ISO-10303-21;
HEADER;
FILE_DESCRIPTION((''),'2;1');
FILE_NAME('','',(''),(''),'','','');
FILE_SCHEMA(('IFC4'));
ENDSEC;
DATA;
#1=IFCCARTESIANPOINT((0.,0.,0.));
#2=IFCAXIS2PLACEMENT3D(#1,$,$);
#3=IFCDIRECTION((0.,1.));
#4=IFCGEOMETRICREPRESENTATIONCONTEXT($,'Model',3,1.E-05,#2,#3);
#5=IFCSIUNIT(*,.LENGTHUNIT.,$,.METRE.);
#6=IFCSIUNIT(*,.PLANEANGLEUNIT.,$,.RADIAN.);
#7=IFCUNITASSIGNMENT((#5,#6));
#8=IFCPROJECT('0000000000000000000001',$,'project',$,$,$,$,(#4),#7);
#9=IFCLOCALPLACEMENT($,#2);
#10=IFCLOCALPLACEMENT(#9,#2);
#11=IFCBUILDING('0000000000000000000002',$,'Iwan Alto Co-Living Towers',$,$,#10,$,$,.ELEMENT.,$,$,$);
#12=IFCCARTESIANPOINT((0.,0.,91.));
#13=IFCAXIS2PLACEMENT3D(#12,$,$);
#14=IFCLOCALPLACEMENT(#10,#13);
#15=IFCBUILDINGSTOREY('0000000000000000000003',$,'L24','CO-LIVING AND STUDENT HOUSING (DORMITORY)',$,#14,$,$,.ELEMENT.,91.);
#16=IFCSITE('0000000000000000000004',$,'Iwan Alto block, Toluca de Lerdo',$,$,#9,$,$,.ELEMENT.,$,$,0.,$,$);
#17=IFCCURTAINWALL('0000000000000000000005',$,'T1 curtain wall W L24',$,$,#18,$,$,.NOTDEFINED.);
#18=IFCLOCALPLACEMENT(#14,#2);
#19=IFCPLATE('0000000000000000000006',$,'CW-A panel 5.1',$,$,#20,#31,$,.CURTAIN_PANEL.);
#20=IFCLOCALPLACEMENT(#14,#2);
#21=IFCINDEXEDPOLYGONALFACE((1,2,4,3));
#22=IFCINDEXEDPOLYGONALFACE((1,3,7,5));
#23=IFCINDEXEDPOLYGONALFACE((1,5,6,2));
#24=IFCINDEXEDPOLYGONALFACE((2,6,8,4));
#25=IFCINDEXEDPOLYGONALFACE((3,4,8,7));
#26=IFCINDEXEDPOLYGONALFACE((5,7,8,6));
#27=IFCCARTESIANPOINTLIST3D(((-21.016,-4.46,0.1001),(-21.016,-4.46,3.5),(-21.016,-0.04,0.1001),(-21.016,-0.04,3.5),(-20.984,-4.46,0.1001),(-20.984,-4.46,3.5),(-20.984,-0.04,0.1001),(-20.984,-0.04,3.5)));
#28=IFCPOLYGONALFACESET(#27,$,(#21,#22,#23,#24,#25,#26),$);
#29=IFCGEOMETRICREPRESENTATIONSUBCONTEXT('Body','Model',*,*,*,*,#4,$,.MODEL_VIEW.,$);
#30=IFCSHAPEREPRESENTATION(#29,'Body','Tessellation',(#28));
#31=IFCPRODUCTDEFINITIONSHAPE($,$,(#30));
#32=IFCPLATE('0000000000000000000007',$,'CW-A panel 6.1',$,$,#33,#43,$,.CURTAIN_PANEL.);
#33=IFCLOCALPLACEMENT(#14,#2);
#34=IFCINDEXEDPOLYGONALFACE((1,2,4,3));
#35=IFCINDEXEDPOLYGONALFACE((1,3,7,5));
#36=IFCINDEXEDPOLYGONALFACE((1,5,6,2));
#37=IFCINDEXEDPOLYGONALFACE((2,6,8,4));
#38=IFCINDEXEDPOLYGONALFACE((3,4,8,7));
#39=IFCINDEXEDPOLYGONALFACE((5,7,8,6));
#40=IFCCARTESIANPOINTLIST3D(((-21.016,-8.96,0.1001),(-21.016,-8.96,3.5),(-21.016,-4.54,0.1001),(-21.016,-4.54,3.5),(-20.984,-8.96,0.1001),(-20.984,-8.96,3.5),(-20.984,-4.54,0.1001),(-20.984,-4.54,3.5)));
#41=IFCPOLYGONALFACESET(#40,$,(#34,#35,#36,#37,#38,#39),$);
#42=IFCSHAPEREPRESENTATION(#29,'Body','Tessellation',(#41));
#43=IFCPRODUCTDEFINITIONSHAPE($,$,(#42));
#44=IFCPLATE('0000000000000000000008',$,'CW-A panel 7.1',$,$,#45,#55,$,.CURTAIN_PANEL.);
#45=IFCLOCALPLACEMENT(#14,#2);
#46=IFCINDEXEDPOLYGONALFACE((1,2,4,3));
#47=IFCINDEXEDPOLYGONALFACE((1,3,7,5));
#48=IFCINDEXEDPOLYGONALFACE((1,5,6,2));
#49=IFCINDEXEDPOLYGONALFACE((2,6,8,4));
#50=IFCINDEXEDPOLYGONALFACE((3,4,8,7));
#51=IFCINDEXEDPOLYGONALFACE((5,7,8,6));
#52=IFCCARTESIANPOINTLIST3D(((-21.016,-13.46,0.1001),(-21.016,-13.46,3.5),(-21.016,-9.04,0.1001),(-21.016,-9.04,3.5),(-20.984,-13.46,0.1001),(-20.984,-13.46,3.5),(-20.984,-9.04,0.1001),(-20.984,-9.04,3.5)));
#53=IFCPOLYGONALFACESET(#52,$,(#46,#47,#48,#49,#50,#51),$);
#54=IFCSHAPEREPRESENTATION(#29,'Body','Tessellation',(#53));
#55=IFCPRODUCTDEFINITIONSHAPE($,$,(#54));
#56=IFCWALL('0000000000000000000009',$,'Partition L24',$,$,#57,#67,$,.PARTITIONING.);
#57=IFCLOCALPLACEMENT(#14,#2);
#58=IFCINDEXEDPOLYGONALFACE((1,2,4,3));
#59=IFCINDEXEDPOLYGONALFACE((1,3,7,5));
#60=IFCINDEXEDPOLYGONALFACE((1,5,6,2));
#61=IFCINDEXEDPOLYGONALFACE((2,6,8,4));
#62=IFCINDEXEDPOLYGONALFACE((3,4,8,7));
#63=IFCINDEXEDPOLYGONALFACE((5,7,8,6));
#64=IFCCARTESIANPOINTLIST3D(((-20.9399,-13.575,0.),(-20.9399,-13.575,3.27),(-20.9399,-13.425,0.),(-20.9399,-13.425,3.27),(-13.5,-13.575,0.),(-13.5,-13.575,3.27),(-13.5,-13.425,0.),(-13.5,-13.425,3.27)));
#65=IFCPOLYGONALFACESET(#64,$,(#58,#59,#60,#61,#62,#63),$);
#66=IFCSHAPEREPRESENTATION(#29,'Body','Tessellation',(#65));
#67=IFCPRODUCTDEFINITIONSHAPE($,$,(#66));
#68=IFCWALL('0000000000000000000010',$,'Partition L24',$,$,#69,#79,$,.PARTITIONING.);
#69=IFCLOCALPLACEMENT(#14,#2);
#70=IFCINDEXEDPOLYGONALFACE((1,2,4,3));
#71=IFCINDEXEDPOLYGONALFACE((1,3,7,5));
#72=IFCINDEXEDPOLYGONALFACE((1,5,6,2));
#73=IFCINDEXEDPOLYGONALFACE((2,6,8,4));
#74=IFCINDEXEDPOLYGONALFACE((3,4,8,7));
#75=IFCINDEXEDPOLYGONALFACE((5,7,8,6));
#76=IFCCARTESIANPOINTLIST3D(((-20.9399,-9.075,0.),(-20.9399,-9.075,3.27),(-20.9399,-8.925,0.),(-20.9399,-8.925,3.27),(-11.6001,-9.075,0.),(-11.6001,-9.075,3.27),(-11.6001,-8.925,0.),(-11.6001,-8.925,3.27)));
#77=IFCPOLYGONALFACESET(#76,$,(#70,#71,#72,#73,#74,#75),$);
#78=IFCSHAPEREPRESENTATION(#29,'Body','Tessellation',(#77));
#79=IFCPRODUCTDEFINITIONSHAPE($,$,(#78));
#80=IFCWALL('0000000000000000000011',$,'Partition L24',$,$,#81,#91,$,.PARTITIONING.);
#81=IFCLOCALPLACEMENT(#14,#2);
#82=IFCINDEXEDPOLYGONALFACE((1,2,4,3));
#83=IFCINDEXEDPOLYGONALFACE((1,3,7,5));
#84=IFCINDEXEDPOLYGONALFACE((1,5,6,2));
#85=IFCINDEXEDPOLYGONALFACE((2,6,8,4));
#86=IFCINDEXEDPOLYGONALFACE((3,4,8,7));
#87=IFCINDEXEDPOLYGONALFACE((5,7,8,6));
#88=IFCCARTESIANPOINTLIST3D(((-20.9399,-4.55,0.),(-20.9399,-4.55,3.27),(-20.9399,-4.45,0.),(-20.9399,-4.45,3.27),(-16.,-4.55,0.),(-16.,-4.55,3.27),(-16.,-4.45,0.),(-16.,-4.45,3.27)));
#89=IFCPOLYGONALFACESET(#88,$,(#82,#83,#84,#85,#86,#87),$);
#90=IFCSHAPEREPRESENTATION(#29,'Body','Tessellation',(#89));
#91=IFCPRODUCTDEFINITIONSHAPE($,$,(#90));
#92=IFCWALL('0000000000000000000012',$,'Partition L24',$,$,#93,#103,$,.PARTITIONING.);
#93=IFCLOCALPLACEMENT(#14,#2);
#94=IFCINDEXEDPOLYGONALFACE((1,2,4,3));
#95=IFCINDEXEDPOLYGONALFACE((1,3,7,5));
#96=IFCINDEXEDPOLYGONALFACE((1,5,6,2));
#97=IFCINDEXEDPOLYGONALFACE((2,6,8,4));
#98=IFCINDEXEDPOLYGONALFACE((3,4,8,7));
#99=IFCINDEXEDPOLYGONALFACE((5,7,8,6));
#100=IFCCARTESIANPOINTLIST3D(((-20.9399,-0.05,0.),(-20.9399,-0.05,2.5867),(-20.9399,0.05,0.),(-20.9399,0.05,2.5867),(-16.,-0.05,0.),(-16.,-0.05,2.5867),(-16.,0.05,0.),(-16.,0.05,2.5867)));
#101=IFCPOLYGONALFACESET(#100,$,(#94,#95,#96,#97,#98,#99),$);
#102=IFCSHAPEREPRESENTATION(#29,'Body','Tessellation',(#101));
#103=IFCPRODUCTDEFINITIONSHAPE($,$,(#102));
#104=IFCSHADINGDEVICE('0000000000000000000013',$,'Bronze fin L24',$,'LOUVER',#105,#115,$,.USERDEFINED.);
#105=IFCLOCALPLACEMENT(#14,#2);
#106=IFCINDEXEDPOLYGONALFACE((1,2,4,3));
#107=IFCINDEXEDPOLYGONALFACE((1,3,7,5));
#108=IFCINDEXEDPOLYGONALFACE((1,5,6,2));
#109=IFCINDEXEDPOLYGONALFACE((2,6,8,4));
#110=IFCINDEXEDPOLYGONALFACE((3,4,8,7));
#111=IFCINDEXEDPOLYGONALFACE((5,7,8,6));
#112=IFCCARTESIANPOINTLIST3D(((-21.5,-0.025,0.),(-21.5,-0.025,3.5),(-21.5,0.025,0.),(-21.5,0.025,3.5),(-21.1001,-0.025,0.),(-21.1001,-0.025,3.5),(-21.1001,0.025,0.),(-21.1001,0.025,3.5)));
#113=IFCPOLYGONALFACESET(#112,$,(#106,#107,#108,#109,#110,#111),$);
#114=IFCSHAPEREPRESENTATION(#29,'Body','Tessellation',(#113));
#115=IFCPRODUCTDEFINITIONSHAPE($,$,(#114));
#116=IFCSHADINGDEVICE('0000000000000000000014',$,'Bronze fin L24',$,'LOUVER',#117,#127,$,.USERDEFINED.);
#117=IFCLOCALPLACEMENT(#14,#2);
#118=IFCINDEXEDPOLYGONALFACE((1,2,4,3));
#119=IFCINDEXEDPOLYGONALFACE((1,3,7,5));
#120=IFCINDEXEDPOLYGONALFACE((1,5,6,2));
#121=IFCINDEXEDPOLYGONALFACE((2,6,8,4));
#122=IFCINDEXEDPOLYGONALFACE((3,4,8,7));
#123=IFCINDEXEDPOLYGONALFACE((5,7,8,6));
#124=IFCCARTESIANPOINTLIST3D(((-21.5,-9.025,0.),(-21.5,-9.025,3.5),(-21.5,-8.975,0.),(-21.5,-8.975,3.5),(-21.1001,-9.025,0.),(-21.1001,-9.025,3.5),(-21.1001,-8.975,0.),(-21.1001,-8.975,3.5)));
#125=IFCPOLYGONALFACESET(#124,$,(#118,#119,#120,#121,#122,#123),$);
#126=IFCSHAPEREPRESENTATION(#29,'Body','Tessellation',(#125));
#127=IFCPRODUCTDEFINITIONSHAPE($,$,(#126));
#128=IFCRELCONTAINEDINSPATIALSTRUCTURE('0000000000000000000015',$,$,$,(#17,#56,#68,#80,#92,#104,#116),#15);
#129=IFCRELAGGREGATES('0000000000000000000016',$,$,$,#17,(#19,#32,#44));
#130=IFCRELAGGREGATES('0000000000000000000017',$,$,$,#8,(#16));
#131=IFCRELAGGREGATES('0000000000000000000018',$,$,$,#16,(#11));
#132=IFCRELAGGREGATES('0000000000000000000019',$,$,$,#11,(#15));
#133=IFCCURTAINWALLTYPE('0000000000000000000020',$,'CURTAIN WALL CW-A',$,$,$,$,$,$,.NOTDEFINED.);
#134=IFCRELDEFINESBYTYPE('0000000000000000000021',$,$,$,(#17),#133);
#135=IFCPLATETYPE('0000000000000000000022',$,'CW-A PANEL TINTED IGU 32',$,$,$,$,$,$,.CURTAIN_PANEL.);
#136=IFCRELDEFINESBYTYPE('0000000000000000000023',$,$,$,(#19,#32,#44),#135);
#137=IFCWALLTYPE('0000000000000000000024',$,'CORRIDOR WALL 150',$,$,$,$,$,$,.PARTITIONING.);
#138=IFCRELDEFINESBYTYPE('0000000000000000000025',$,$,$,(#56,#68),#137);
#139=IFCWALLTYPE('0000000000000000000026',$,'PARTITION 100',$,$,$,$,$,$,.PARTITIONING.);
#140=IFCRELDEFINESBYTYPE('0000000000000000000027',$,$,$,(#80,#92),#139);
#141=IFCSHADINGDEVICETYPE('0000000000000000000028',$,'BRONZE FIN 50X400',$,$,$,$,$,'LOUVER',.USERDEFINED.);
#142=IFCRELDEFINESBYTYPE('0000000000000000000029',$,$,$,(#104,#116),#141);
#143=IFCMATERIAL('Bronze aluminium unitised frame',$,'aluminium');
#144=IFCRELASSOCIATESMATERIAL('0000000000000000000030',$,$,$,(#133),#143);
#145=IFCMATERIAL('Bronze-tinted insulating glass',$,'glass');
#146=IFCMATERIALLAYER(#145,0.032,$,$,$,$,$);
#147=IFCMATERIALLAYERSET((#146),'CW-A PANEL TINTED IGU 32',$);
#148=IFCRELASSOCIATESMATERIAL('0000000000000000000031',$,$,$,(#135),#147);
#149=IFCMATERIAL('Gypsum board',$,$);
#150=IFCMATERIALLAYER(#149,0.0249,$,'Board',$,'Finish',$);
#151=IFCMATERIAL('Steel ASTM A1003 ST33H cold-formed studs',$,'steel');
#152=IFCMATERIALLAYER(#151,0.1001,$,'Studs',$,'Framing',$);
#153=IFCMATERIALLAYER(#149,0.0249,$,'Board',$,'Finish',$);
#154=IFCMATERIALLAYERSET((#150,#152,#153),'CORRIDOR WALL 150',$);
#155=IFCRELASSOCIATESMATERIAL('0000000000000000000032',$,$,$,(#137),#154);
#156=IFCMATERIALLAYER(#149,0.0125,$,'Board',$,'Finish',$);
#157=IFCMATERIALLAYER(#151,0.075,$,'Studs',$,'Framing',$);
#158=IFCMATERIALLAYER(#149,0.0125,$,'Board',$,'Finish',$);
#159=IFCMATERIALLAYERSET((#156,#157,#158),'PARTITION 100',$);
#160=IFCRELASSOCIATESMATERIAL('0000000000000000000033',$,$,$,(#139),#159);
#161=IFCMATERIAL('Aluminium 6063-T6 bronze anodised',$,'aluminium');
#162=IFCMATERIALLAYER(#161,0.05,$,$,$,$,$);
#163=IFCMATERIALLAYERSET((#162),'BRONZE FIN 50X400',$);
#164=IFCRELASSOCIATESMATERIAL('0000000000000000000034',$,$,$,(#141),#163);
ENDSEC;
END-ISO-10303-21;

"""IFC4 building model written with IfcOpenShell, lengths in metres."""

from ifc_helpers import new_model, si_unit, direction, frame, frame_2d, origin, origin_2d, place, context, subcontext, project, spatial, rectangle, extrude, material, layer, layer_set, type_object, element, aggregate, save


model = new_model("IFC4")

# Units and contexts
model_context = context("Model", 3, precision=1e-05, world=origin(), true_north=direction((0.0, 1.0)))
body_context = subcontext(model_context, "Body", "Model", "MODEL_VIEW")
ifc_project = project(units=[si_unit("LENGTHUNIT", "METRE"), si_unit("PLANEANGLEUNIT", "RADIAN")], contexts=[model_context])

# Site, building, storey
site_placement = place(None, origin())
site = spatial("IfcSite", under=ifc_project, at=site_placement, Name="Iwan Alto block, Toluca de Lerdo", CompositionType="ELEMENT", RefElevation=0.0)
building_placement = place(site_placement, origin())
building = spatial("IfcBuilding", under=site, at=building_placement, Name="Iwan Alto Co-Living Towers", CompositionType="ELEMENT")
storey_placement = place(building_placement, frame((0.0, 0.0, 91.0)))
storey = spatial("IfcBuildingStorey", under=building, at=storey_placement, Name="L24", Description="CO-LIVING AND STUDENT HOUSING (DORMITORY)", CompositionType="ELEMENT", Elevation=91.0)

# Curtain wall
ifc_material_1 = material(Name="Bronze aluminium unitised frame", Category="aluminium")
curtain_wall_type = type_object("IfcCurtainWallType", Name="CURTAIN WALL CW-A", PredefinedType="NOTDEFINED", material=ifc_material_1)
curtain_wall_placement = place(storey_placement, origin())
curtain_wall = element("IfcCurtainWall", 1, at=curtain_wall_placement, inside=storey, type_object=curtain_wall_type, Name="T1 curtain wall W L24", PredefinedType="NOTDEFINED")

# Plates
ifc_material_2 = material(Name="Bronze-tinted insulating glass", Category="glass")
ifc_layer_1 = layer(ifc_material_2, 0.032)
ifc_layer_set_1 = layer_set([ifc_layer_1], Name="CW-A PANEL TINTED IGU 32")
plate_type = type_object("IfcPlateType", Name="CW-A PANEL TINTED IGU 32", PredefinedType="CURTAIN_PANEL", material=ifc_layer_set_1)
plate_1_placement = place(storey_placement, frame((-21.0, -2.25, 0.1001), z_axis=(0.0, 0.0, 1.0), x_axis=(0.0, -1.0, 0.0)))
plate_1 = element("IfcPlate", 2, at=plate_1_placement, type_object=plate_type, Name="CW-A panel 5.1", PredefinedType="CURTAIN_PANEL", context=body_context, shape_type="SweptSolid", body=[
    extrude(rectangle(XDim=4.4199, YDim=0.032, at=origin_2d()), origin(), (0.0, 0.0, 1.0), 3.3999),
])
plate_2_placement = place(storey_placement, frame((-21.0, -6.75, 0.1001), z_axis=(0.0, 0.0, 1.0), x_axis=(0.0, -1.0, 0.0)))
plate_2 = element("IfcPlate", 3, at=plate_2_placement, type_object=plate_type, Name="CW-A panel 6.1", PredefinedType="CURTAIN_PANEL", context=body_context, shape_type="SweptSolid", body=[
    extrude(rectangle(XDim=4.4199, YDim=0.032, at=origin_2d()), origin(), (0.0, 0.0, 1.0), 3.3999),
])
plate_3_placement = place(storey_placement, frame((-21.0, -11.25, 0.1001), z_axis=(0.0, 0.0, 1.0), x_axis=(0.0, -1.0, 0.0)))
plate_3 = element("IfcPlate", 4, at=plate_3_placement, type_object=plate_type, Name="CW-A panel 7.1", PredefinedType="CURTAIN_PANEL", context=body_context, shape_type="SweptSolid", body=[
    extrude(rectangle(XDim=4.4199, YDim=0.032, at=origin_2d()), origin(), (0.0, 0.0, 1.0), 3.3999),
])
aggregate(curtain_wall, [plate_1, plate_2, plate_3])

# Walls
ifc_material_3 = material(Name="Gypsum board")
ifc_layer_2 = layer(ifc_material_3, 0.0249, Name="Board", Category="Finish")
ifc_material_4 = material(Name="Steel ASTM A1003 ST33H cold-formed studs", Category="steel")
ifc_layer_3 = layer(ifc_material_4, 0.1001, Name="Studs", Category="Framing")
ifc_layer_4 = layer(ifc_material_3, 0.0249, Name="Board", Category="Finish")
ifc_layer_set_2 = layer_set([ifc_layer_2, ifc_layer_3, ifc_layer_4], Name="CORRIDOR WALL 150")
wall_type_1 = type_object("IfcWallType", Name="CORRIDOR WALL 150", PredefinedType="PARTITIONING", material=ifc_layer_set_2)
wall_1_placement = place(storey_placement, frame((-20.9399, -13.5, 0.0), z_axis=(0.0, 0.0, 1.0), x_axis=(1.0, 0.0, 0.0)))
element("IfcWall", 5, at=wall_1_placement, inside=storey, type_object=wall_type_1, Name="Partition L24", PredefinedType="PARTITIONING", context=body_context, shape_type="SweptSolid", body=[
    extrude(rectangle(XDim=7.4399, YDim=0.1499, at=frame_2d((3.72, 0.0))), origin(), (0.0, 0.0, 1.0), 3.27),
])
wall_2_placement = place(storey_placement, frame((-20.9399, -9.0, 0.0), z_axis=(0.0, 0.0, 1.0), x_axis=(1.0, 0.0, 0.0)))
element("IfcWall", 6, at=wall_2_placement, inside=storey, type_object=wall_type_1, Name="Partition L24", PredefinedType="PARTITIONING", context=body_context, shape_type="SweptSolid", body=[
    extrude(rectangle(XDim=9.3398, YDim=0.1499, at=frame_2d((4.6699, 0.0))), origin(), (0.0, 0.0, 1.0), 3.27),
])
ifc_layer_5 = layer(ifc_material_3, 0.0125, Name="Board", Category="Finish")
ifc_layer_6 = layer(ifc_material_4, 0.075, Name="Studs", Category="Framing")
ifc_layer_7 = layer(ifc_material_3, 0.0125, Name="Board", Category="Finish")
ifc_layer_set_3 = layer_set([ifc_layer_5, ifc_layer_6, ifc_layer_7], Name="PARTITION 100")
wall_type_2 = type_object("IfcWallType", Name="PARTITION 100", PredefinedType="PARTITIONING", material=ifc_layer_set_3)
wall_3_placement = place(storey_placement, frame((-20.9399, -4.5, 0.0), z_axis=(0.0, 0.0, 1.0), x_axis=(1.0, 0.0, 0.0)))
element("IfcWall", 7, at=wall_3_placement, inside=storey, type_object=wall_type_2, Name="Partition L24", PredefinedType="PARTITIONING", context=body_context, shape_type="SweptSolid", body=[
    extrude(rectangle(XDim=4.9399, YDim=0.1001, at=frame_2d((2.47, 0.0))), origin(), (0.0, 0.0, 1.0), 3.27),
])
wall_4_placement = place(storey_placement, frame((-20.9399, 0.0, 0.0), z_axis=(0.0, 0.0, 1.0), x_axis=(1.0, 0.0, 0.0)))
element("IfcWall", 8, at=wall_4_placement, inside=storey, type_object=wall_type_2, Name="Partition L24", PredefinedType="PARTITIONING", context=body_context, shape_type="SweptSolid", body=[
    extrude(rectangle(XDim=4.9399, YDim=0.1001, at=frame_2d((2.47, 0.0))), origin(), (0.0, 0.0, 1.0), 2.5867),
])

# Shading devices
ifc_material_5 = material(Name="Aluminium 6063-T6 bronze anodised", Category="aluminium")
ifc_layer_8 = layer(ifc_material_5, 0.05)
ifc_layer_set_4 = layer_set([ifc_layer_8], Name="BRONZE FIN 50X400")
shading_device_type = type_object("IfcShadingDeviceType", Name="BRONZE FIN 50X400", ElementType="LOUVER", PredefinedType="USERDEFINED", material=ifc_layer_set_4)
for number, where, z_axis, x_axis, name in (
    (9, (-21.3, 0.0, 0.0), (0.0, 0.0, 1.0), (0.0, -1.0, 0.0), "Bronze fin L24"),
    (10, (-21.3, -9.0, 0.0), (0.0, 0.0, 1.0), (0.0, -1.0, 0.0), "Bronze fin L24"),
):
    element("IfcShadingDevice", number, at=place(storey_placement, frame(where, z_axis=z_axis, x_axis=x_axis)), inside=storey, type_object=shading_device_type, Name=name, ObjectType="LOUVER", PredefinedType="USERDEFINED", context=body_context, shape_type="SweptSolid", body=[
        extrude(rectangle(XDim=0.05, YDim=0.3999, at=origin_2d()), origin(), (0.0, 0.0, 1.0), 3.5),
    ])

save(model, "model.ifc")
